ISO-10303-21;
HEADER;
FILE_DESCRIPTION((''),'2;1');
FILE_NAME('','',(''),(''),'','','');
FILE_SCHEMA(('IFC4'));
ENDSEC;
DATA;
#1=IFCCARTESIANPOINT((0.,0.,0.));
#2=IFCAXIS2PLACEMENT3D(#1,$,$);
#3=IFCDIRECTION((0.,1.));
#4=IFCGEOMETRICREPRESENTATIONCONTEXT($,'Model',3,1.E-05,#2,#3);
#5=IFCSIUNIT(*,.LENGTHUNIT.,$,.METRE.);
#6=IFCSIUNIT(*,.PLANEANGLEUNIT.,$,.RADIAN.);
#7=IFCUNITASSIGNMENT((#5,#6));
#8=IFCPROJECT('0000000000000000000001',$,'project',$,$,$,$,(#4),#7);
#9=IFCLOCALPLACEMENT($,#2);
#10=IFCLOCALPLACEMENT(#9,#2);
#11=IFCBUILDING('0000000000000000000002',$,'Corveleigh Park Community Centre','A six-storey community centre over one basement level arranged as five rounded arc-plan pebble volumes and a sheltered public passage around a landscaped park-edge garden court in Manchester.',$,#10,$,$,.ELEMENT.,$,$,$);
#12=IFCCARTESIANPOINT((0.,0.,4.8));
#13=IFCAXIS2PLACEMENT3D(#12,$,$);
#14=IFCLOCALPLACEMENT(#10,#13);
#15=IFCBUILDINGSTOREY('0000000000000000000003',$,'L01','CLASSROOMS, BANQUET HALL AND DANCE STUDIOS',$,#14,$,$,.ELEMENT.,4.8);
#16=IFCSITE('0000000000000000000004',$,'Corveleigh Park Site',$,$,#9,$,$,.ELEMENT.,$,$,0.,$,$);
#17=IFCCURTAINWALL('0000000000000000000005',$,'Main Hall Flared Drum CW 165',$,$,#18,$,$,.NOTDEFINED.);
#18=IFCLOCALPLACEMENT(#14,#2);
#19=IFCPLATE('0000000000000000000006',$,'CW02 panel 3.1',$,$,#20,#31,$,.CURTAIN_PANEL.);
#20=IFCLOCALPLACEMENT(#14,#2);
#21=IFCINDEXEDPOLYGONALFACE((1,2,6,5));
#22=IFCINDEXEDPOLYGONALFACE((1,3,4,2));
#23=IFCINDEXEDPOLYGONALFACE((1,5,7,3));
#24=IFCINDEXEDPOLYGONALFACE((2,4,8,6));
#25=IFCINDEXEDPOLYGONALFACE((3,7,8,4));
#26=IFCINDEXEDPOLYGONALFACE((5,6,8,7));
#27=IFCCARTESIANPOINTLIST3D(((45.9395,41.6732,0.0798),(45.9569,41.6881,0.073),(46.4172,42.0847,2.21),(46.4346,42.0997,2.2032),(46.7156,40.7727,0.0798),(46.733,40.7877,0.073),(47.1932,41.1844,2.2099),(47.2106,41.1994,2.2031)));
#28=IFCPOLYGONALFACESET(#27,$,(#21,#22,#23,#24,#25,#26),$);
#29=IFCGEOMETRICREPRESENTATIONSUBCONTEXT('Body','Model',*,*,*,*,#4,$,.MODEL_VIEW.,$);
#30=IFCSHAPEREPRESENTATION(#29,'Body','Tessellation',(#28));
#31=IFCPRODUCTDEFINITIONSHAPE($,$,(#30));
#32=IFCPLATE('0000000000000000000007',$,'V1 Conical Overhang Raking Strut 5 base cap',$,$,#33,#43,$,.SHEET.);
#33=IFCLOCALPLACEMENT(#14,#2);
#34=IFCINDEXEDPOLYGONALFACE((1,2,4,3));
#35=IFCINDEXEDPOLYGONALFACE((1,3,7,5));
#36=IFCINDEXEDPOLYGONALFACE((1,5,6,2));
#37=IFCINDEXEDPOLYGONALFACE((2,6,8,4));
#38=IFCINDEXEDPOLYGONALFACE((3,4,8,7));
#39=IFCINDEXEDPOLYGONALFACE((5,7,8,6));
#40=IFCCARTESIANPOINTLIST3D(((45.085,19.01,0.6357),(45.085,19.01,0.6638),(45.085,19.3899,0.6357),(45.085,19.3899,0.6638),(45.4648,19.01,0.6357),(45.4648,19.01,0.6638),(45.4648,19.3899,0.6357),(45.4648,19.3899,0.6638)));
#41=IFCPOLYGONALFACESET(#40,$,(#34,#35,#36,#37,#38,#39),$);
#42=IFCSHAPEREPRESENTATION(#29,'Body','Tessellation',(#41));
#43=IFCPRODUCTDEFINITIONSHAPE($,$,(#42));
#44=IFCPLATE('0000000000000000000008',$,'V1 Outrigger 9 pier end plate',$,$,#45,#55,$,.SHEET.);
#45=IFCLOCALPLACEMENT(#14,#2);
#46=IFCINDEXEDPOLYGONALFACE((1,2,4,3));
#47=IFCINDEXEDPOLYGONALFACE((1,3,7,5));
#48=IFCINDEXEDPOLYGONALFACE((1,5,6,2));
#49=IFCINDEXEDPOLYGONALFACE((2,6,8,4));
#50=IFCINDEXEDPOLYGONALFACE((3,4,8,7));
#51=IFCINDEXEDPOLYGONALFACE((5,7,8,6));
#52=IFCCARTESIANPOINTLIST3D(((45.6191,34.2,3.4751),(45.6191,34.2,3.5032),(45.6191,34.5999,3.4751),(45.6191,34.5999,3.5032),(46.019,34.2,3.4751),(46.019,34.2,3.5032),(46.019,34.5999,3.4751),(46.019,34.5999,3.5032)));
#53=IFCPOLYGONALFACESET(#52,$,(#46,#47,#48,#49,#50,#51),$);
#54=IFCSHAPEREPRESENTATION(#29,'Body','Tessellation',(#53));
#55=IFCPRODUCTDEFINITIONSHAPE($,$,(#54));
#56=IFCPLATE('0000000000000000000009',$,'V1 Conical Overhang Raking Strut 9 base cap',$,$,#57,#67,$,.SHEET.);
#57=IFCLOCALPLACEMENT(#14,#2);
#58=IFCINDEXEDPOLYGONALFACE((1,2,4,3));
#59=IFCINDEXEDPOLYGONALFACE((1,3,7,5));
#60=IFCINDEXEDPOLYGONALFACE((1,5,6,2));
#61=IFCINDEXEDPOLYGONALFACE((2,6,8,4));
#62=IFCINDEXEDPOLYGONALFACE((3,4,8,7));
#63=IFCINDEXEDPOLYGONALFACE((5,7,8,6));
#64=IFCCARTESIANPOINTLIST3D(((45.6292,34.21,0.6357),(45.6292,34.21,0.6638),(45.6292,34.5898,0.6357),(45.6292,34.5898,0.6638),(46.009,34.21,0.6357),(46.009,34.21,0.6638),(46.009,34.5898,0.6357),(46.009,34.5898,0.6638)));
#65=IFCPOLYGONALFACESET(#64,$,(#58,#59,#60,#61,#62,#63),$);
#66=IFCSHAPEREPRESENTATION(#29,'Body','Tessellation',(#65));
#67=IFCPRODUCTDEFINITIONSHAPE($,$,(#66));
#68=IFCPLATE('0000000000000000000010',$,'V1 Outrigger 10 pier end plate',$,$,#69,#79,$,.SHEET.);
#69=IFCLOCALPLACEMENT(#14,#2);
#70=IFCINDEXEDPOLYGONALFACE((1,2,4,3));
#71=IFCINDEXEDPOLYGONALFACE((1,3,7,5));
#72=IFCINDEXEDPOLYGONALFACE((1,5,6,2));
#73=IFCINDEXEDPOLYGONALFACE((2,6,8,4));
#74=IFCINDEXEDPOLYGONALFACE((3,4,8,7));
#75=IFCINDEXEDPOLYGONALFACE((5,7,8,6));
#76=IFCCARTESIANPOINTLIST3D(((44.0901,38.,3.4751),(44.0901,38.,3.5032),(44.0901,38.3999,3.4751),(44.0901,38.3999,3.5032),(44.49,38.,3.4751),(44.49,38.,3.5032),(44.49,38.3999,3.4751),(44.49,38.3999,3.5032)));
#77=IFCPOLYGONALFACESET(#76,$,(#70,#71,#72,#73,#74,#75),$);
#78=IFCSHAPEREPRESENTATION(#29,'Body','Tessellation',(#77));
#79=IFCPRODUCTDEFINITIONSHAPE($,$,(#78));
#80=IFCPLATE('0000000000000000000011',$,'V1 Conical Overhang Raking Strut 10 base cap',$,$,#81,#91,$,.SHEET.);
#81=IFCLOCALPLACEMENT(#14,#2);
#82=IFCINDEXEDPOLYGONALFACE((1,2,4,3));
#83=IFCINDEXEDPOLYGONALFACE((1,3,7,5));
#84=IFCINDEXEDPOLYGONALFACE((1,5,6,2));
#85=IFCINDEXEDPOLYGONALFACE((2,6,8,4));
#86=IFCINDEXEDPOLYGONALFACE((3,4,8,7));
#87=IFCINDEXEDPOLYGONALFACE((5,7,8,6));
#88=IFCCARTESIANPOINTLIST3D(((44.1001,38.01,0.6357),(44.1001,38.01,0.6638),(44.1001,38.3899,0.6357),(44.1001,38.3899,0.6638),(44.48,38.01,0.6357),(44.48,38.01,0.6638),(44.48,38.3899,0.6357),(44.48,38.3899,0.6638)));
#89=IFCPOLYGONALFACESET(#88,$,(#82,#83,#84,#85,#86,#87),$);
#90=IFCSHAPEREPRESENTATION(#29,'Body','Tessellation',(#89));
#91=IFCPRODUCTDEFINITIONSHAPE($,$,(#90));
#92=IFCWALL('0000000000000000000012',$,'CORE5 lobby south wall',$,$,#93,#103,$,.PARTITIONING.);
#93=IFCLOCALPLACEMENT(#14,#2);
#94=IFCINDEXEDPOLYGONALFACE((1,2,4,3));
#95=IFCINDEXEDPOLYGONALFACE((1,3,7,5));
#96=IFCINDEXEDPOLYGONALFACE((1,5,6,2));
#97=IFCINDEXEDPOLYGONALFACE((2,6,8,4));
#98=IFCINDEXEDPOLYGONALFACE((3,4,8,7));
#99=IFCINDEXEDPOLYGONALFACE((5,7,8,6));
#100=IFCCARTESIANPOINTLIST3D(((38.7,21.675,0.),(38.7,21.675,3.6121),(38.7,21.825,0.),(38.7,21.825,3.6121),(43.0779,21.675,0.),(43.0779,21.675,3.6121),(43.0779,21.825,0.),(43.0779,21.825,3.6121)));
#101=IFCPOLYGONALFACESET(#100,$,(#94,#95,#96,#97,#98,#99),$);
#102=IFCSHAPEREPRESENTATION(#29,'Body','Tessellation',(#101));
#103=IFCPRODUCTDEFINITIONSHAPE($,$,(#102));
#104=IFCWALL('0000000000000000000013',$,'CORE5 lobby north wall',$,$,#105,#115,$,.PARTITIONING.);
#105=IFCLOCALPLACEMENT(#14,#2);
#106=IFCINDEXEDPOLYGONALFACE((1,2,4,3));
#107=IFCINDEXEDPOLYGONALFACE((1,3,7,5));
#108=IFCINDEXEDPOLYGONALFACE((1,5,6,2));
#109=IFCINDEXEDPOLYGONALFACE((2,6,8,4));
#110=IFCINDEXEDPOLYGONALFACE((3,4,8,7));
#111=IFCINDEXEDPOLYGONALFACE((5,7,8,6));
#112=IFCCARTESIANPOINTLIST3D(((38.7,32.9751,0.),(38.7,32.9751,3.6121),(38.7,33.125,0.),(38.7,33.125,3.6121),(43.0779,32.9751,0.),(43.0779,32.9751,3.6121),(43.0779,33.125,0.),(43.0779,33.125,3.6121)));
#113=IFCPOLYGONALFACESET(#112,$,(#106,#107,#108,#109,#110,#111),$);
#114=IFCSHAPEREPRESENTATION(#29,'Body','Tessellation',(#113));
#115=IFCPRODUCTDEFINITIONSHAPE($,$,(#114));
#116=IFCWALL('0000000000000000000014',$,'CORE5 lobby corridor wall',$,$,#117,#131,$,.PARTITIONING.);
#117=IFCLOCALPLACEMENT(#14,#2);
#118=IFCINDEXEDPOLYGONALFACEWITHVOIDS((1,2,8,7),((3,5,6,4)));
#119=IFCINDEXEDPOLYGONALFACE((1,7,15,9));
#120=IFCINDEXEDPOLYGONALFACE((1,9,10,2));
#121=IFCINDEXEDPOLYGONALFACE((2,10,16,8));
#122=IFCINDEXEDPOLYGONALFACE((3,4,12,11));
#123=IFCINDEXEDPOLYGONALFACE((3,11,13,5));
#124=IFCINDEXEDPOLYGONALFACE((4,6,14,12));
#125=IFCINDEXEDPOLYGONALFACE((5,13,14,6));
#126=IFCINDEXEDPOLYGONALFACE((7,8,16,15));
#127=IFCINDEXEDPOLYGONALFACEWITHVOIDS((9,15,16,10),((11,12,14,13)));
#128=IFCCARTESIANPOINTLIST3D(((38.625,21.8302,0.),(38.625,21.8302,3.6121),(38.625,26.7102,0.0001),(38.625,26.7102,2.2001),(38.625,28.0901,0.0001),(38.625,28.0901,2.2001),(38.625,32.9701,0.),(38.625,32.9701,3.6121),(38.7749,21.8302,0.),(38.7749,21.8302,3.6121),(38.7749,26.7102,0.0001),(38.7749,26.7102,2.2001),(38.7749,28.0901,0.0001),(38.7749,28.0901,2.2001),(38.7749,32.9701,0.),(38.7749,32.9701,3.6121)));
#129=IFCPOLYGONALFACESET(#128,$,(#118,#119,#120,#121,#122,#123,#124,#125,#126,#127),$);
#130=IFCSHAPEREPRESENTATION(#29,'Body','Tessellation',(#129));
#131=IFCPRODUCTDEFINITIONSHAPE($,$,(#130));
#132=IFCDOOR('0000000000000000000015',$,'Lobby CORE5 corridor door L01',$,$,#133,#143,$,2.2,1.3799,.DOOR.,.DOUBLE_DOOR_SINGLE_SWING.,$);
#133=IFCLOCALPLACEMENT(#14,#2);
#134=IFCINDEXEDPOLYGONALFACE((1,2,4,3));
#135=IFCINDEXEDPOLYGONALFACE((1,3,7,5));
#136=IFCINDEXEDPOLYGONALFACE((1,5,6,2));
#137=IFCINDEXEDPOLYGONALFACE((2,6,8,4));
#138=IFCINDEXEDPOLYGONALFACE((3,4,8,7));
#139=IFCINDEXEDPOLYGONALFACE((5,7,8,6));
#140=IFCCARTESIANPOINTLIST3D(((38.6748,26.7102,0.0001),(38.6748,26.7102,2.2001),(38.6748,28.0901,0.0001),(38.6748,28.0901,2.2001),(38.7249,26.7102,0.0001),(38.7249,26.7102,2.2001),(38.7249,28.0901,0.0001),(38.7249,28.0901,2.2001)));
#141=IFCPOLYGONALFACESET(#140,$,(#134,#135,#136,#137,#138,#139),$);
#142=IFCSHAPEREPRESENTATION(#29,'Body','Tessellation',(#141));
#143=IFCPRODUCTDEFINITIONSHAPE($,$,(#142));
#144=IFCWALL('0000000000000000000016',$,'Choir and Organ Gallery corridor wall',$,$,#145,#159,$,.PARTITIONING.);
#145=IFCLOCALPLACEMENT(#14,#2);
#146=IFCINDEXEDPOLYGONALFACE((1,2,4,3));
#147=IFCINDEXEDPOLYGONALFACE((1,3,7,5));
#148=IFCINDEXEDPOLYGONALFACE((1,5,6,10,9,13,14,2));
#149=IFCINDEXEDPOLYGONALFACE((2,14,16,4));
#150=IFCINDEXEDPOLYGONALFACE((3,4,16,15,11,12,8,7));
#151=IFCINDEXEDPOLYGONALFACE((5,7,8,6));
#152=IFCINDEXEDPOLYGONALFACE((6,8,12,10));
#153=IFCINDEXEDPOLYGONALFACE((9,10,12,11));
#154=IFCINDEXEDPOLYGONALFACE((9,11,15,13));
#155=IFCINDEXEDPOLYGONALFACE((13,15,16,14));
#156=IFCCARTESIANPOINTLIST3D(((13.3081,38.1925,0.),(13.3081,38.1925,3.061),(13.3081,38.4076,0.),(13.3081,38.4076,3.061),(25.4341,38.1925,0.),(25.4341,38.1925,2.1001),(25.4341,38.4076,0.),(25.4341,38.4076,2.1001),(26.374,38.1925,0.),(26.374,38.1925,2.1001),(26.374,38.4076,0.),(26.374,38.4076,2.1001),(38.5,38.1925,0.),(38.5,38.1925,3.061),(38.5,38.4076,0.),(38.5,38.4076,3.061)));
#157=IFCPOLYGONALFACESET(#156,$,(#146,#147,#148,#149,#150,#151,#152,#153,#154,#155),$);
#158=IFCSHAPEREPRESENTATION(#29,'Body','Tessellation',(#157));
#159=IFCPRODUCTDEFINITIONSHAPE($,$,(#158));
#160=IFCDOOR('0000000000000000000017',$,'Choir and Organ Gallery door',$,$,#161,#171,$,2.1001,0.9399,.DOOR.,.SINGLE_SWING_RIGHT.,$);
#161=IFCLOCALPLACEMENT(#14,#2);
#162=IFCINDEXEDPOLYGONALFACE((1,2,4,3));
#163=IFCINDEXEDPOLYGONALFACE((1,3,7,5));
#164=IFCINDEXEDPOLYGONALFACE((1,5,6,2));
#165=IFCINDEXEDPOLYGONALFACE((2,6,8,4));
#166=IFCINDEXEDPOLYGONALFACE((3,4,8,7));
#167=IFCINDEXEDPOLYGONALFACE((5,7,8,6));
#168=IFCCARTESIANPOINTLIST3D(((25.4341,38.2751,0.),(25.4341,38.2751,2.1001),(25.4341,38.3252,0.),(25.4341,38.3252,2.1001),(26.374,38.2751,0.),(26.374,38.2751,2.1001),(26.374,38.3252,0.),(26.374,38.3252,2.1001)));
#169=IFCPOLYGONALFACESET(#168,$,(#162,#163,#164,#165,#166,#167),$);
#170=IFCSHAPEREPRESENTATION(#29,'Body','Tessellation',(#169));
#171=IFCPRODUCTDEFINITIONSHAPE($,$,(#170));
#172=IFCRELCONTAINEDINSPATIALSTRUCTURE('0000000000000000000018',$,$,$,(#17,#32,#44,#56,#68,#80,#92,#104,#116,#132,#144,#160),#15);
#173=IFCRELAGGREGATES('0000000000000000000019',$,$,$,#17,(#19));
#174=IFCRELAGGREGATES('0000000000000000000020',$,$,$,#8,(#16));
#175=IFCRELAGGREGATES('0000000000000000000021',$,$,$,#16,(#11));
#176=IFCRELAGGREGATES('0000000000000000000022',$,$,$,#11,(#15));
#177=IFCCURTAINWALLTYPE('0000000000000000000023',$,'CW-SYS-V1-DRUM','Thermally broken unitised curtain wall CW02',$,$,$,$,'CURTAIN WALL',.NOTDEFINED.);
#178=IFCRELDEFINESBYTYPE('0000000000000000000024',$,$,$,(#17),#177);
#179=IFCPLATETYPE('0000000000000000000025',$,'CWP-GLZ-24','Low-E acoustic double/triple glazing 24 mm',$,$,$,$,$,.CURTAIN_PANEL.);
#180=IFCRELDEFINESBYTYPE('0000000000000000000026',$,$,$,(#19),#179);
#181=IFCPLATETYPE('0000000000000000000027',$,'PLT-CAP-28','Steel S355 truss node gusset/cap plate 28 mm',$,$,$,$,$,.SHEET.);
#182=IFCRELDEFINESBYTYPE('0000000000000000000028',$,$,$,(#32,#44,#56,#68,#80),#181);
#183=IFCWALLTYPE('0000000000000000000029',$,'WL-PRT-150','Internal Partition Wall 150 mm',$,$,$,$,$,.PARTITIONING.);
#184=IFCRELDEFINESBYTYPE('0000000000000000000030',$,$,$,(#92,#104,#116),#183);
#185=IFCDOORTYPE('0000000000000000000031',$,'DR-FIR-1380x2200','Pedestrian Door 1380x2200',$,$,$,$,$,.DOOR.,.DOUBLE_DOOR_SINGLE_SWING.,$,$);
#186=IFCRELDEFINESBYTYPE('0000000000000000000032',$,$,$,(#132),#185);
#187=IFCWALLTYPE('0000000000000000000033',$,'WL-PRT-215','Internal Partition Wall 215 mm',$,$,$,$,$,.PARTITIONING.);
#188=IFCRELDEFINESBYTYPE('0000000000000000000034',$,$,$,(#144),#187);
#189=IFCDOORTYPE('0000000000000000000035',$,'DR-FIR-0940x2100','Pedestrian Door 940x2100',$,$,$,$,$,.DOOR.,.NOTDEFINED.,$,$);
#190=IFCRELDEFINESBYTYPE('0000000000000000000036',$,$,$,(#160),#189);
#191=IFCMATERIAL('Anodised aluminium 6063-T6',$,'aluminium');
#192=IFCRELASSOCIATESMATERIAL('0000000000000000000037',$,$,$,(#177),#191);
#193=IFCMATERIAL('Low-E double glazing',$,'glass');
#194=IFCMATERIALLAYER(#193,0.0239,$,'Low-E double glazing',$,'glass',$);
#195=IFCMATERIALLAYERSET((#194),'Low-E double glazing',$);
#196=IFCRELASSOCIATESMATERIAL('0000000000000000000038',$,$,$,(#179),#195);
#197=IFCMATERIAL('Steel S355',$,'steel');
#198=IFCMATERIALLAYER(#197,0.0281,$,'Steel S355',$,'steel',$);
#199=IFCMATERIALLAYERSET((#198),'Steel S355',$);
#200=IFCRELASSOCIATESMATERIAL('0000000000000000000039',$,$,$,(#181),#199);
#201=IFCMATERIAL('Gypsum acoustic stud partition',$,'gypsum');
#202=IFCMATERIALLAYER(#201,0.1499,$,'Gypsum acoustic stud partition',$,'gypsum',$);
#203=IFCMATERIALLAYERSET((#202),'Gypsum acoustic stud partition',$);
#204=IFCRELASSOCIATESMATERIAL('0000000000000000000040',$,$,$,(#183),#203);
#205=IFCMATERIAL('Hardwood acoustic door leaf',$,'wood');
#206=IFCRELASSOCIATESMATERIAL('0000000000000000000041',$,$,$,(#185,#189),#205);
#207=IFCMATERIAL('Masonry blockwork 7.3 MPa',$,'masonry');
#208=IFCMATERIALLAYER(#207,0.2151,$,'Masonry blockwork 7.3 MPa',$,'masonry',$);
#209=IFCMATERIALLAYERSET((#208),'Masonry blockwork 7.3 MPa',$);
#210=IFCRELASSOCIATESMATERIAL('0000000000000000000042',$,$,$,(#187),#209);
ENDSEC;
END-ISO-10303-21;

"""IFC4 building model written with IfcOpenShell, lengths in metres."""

from ifc_helpers import new_model, si_unit, direction, frame, frame_2d, origin, origin_2d, place, context, subcontext, project, spatial, polyline, rectangle, outline, extrude, material, layer, layer_set, type_object, element, fill, aggregate, save


model = new_model("IFC4")

# Units and contexts
model_context = context("Model", 3, precision=1e-05, world=origin(), true_north=direction((0.0, 1.0)))
body_context = subcontext(model_context, "Body", "Model", "MODEL_VIEW")
ifc_project = project(units=[si_unit("LENGTHUNIT", "METRE"), si_unit("PLANEANGLEUNIT", "RADIAN")], contexts=[model_context])

# Site, building, storey
site_placement = place(None, origin())
site = spatial("IfcSite", under=ifc_project, at=site_placement, Name="Corveleigh Park Site", CompositionType="ELEMENT", RefElevation=0.0)
building_placement = place(site_placement, origin())
building = spatial("IfcBuilding", under=site, at=building_placement, Name="Corveleigh Park Community Centre", Description="A six-storey community centre over one basement level arranged as five rounded arc-plan pebble volumes and a sheltered public passage around a landscaped park-edge garden court in Manchester.", CompositionType="ELEMENT")
storey_placement = place(building_placement, frame((0.0, 0.0, 4.8)))
storey = spatial("IfcBuildingStorey", under=building, at=storey_placement, Name="L01", Description="CLASSROOMS, BANQUET HALL AND DANCE STUDIOS", CompositionType="ELEMENT", Elevation=4.8)

# Shared definitions
ifc_material_1 = material(Name="Steel S355", Category="steel")

# Curtain wall
ifc_material_2 = material(Name="Anodised aluminium 6063-T6", Category="aluminium")
curtain_wall_type = type_object("IfcCurtainWallType", Name="CW-SYS-V1-DRUM", Description="Thermally broken unitised curtain wall CW02", ElementType="CURTAIN WALL", PredefinedType="NOTDEFINED", material=ifc_material_2)
curtain_wall_1_placement = place(storey_placement, origin())
curtain_wall_1 = element("IfcCurtainWall", 1, at=curtain_wall_1_placement, inside=storey, type_object=curtain_wall_type, Name="Main Hall Flared Drum CW 165", PredefinedType="NOTDEFINED")

# Plate
ifc_material_3 = material(Name="Low-E double glazing", Category="glass")
ifc_layer_1 = layer(ifc_material_3, 0.0239, Name="Low-E double glazing", Category="glass")
ifc_layer_set_1 = layer_set([ifc_layer_1], Name="Low-E double glazing")
plate_type_1 = type_object("IfcPlateType", Name="CWP-GLZ-24", Description="Low-E acoustic double/triple glazing 24 mm", PredefinedType="CURTAIN_PANEL", material=ifc_layer_set_1)
plate_1_placement = place(storey_placement, frame((46.7156, 40.7727, 0.0798), z_axis=(-0.726338, -0.625994, 0.28384), x_axis=(-0.652849, 0.757488, -0.000021)))
plate_1 = element("IfcPlate", 2, at=plate_1_placement, type_object=plate_type_1, Name="CW02 panel 3.1", PredefinedType="CURTAIN_PANEL", context=body_context, shape_type="SweptSolid", body=[
    extrude(outline(polyline([(0.0, 0.0), (1.1887, 0.0), (1.1886, -2.2215), (0.0, -2.2215), (0.0, 0.0)])), origin(), (0.0, 0.0, -1.0), 0.0239),
])
aggregate(curtain_wall_1, [plate_1])

# Plates
ifc_layer_2 = layer(ifc_material_1, 0.0281, Name="Steel S355", Category="steel")
ifc_layer_set_2 = layer_set([ifc_layer_2], Name="Steel S355")
plate_type_2 = type_object("IfcPlateType", Name="PLT-CAP-28", Description="Steel S355 truss node gusset/cap plate 28 mm", PredefinedType="SHEET", material=ifc_layer_set_2)
plate_2_placement = place(storey_placement, frame((45.2749, 19.2, 0.6357), z_axis=(0.0, 0.0, 1.0), x_axis=(1.0, 0.0, 0.0)))
element("IfcPlate", 3, at=plate_2_placement, inside=storey, type_object=plate_type_2, Name="V1 Conical Overhang Raking Strut 5 base cap", PredefinedType="SHEET", context=body_context, shape_type="SweptSolid", body=[
    extrude(rectangle(XDim=0.3799, YDim=0.3799, at=origin_2d()), origin(), (0.0, 0.0, 1.0), 0.0281),
])
plate_3_placement = place(storey_placement, frame((45.8191, 34.3999, 3.4751), z_axis=(0.0, 0.0, 1.0), x_axis=(1.0, 0.0, 0.0)))
element("IfcPlate", 4, at=plate_3_placement, inside=storey, type_object=plate_type_2, Name="V1 Outrigger 9 pier end plate", PredefinedType="SHEET", context=body_context, shape_type="SweptSolid", body=[
    extrude(rectangle(XDim=0.3999, YDim=0.3999, at=origin_2d()), origin(), (0.0, 0.0, 1.0), 0.0281),
])
plate_4_placement = place(storey_placement, frame((45.8191, 34.3999, 0.6357), z_axis=(0.0, 0.0, 1.0), x_axis=(1.0, 0.0, 0.0)))
element("IfcPlate", 5, at=plate_4_placement, inside=storey, type_object=plate_type_2, Name="V1 Conical Overhang Raking Strut 9 base cap", PredefinedType="SHEET", context=body_context, shape_type="SweptSolid", body=[
    extrude(rectangle(XDim=0.3799, YDim=0.3799, at=origin_2d()), origin(), (0.0, 0.0, 1.0), 0.0281),
])
plate_5_placement = place(storey_placement, frame((44.29, 38.2, 3.4751), z_axis=(0.0, 0.0, 1.0), x_axis=(1.0, 0.0, 0.0)))
element("IfcPlate", 6, at=plate_5_placement, inside=storey, type_object=plate_type_2, Name="V1 Outrigger 10 pier end plate", PredefinedType="SHEET", context=body_context, shape_type="SweptSolid", body=[
    extrude(rectangle(XDim=0.3999, YDim=0.3999, at=origin_2d()), origin(), (0.0, 0.0, 1.0), 0.0281),
])
plate_6_placement = place(storey_placement, frame((44.29, 38.2, 0.6357), z_axis=(0.0, 0.0, 1.0), x_axis=(1.0, 0.0, 0.0)))
element("IfcPlate", 7, at=plate_6_placement, inside=storey, type_object=plate_type_2, Name="V1 Conical Overhang Raking Strut 10 base cap", PredefinedType="SHEET", context=body_context, shape_type="SweptSolid", body=[
    extrude(rectangle(XDim=0.3799, YDim=0.3799, at=origin_2d()), origin(), (0.0, 0.0, 1.0), 0.0281),
])

# Walls
ifc_material_4 = material(Name="Gypsum acoustic stud partition", Category="gypsum")
ifc_layer_3 = layer(ifc_material_4, 0.1499, Name="Gypsum acoustic stud partition", Category="gypsum")
ifc_layer_set_3 = layer_set([ifc_layer_3], Name="Gypsum acoustic stud partition")
wall_type_1 = type_object("IfcWallType", Name="WL-PRT-150", Description="Internal Partition Wall 150 mm", PredefinedType="PARTITIONING", material=ifc_layer_set_3)
for number, where, z_axis, x_axis, name in (
    (8, (38.7, 21.75, 0.0), (0.0, 0.0, 1.0), (1.0, 0.0, 0.0), "CORE5 lobby south wall"),
    (9, (43.0779, 33.05, 0.0), (0.0, 0.0, 1.0), (-1.0, 0.0, 0.0), "CORE5 lobby north wall"),
):
    element("IfcWall", number, at=place(storey_placement, frame(where, z_axis=z_axis, x_axis=x_axis)), inside=storey, type_object=wall_type_1, Name=name, PredefinedType="PARTITIONING", context=body_context, shape_type="SweptSolid", body=[
        extrude(rectangle(XDim=4.3779, YDim=0.1499, at=frame_2d((2.189, 0.0))), origin(), (0.0, 0.0, 1.0), 3.6121),
    ])

# Walls, openings, doors
wall_1_placement = place(storey_placement, frame((38.7, 32.97, 0.0), z_axis=(0.0, 0.0, 1.0), x_axis=(0.0, -1.0, 0.0)))
wall_1 = element("IfcWall", 10, at=wall_1_placement, inside=storey, type_object=wall_type_1, Name="CORE5 lobby corridor wall", PredefinedType="PARTITIONING", context=body_context, shape_type="SweptSolid", body=[
    extrude(rectangle(XDim=11.1399, YDim=0.1499, at=frame_2d((5.5698, 0.0))), origin(), (0.0, 0.0, 1.0), 3.6121),
])
opening_1_placement = place(wall_1_placement, frame((4.8799, 0.0, 0.0)))
opening_1 = element("IfcOpeningElement", 11, at=opening_1_placement, cuts=wall_1, PredefinedType="OPENING", context=body_context, shape_type="SweptSolid", body=[
    extrude(rectangle(XDim=1.3799, YDim=2.2, at=frame_2d((0.6899, 1.1001))), frame((0.0, 0.085, 0.0), z_axis=(0.0, -1.0, 0.0), x_axis=(1.0, 0.0, 0.0)), (0.0, 0.0, 1.0), 0.1699),
])
ifc_material_5 = material(Name="Hardwood acoustic door leaf", Category="wood")
door_type_1 = type_object("IfcDoorType", Name="DR-FIR-1380x2200", Description="Pedestrian Door 1380x2200", OperationType="DOUBLE_DOOR_SINGLE_SWING", PredefinedType="DOOR", material=ifc_material_5)
door_1_placement = place(opening_1_placement, origin())
door_1 = element("IfcDoor", 12, at=door_1_placement, inside=storey, type_object=door_type_1, Name="Lobby CORE5 corridor door L01", OperationType="DOUBLE_DOOR_SINGLE_SWING", OverallHeight=2.2, OverallWidth=1.3799, PredefinedType="DOOR", context=body_context, shape_type="SweptSolid", body=[
    extrude(rectangle(XDim=1.3799, YDim=2.2, at=frame_2d((0.6899, 1.1001))), frame((0.0, 0.0249, 0.0), z_axis=(0.0, -1.0, 0.0), x_axis=(1.0, 0.0, 0.0)), (0.0, 0.0, 1.0), 0.05),
])
fill(opening_1, door_1)
ifc_material_6 = material(Name="Masonry blockwork 7.3 MPa", Category="masonry")
ifc_layer_4 = layer(ifc_material_6, 0.2151, Name="Masonry blockwork 7.3 MPa", Category="masonry")
ifc_layer_set_4 = layer_set([ifc_layer_4], Name="Masonry blockwork 7.3 MPa")
wall_type_2 = type_object("IfcWallType", Name="WL-PRT-215", Description="Internal Partition Wall 215 mm", PredefinedType="PARTITIONING", material=ifc_layer_set_4)
wall_2_placement = place(storey_placement, frame((38.5, 38.3, 0.0), z_axis=(0.0, 0.0, 1.0), x_axis=(-1.0, 0.0, 0.0)))
wall_2 = element("IfcWall", 13, at=wall_2_placement, inside=storey, type_object=wall_type_2, Name="Choir and Organ Gallery corridor wall", PredefinedType="PARTITIONING", context=body_context, shape_type="SweptSolid", body=[
    extrude(rectangle(XDim=25.1919, YDim=0.2151, at=frame_2d((12.5959, 0.0))), origin(), (0.0, 0.0, 1.0), 3.061),
])
opening_2_placement = place(wall_2_placement, frame((12.126, 0.0, 0.0)))
opening_2 = element("IfcOpeningElement", 14, at=opening_2_placement, cuts=wall_2, PredefinedType="OPENING", context=body_context, shape_type="SweptSolid", body=[
    extrude(rectangle(XDim=0.9399, YDim=2.1001, at=frame_2d((0.47, 1.05))), frame((0.0, 0.1174, 0.0), z_axis=(0.0, -1.0, 0.0), x_axis=(1.0, 0.0, 0.0)), (0.0, 0.0, 1.0), 0.2351),
])
door_type_2 = type_object("IfcDoorType", Name="DR-FIR-0940x2100", Description="Pedestrian Door 940x2100", OperationType="NOTDEFINED", PredefinedType="DOOR", material=ifc_material_5)
door_2_placement = place(opening_2_placement, origin())
door_2 = element("IfcDoor", 15, at=door_2_placement, inside=storey, type_object=door_type_2, Name="Choir and Organ Gallery door", OperationType="SINGLE_SWING_RIGHT", OverallHeight=2.1001, OverallWidth=0.9399, PredefinedType="DOOR", context=body_context, shape_type="SweptSolid", body=[
    extrude(rectangle(XDim=0.9399, YDim=2.1001, at=frame_2d((0.47, 1.05))), frame((0.0, 0.0249, 0.0), z_axis=(0.0, -1.0, 0.0), x_axis=(1.0, 0.0, 0.0)), (0.0, 0.0, 1.0), 0.05),
])
fill(opening_2, door_2)

save(model, "model.ifc")
